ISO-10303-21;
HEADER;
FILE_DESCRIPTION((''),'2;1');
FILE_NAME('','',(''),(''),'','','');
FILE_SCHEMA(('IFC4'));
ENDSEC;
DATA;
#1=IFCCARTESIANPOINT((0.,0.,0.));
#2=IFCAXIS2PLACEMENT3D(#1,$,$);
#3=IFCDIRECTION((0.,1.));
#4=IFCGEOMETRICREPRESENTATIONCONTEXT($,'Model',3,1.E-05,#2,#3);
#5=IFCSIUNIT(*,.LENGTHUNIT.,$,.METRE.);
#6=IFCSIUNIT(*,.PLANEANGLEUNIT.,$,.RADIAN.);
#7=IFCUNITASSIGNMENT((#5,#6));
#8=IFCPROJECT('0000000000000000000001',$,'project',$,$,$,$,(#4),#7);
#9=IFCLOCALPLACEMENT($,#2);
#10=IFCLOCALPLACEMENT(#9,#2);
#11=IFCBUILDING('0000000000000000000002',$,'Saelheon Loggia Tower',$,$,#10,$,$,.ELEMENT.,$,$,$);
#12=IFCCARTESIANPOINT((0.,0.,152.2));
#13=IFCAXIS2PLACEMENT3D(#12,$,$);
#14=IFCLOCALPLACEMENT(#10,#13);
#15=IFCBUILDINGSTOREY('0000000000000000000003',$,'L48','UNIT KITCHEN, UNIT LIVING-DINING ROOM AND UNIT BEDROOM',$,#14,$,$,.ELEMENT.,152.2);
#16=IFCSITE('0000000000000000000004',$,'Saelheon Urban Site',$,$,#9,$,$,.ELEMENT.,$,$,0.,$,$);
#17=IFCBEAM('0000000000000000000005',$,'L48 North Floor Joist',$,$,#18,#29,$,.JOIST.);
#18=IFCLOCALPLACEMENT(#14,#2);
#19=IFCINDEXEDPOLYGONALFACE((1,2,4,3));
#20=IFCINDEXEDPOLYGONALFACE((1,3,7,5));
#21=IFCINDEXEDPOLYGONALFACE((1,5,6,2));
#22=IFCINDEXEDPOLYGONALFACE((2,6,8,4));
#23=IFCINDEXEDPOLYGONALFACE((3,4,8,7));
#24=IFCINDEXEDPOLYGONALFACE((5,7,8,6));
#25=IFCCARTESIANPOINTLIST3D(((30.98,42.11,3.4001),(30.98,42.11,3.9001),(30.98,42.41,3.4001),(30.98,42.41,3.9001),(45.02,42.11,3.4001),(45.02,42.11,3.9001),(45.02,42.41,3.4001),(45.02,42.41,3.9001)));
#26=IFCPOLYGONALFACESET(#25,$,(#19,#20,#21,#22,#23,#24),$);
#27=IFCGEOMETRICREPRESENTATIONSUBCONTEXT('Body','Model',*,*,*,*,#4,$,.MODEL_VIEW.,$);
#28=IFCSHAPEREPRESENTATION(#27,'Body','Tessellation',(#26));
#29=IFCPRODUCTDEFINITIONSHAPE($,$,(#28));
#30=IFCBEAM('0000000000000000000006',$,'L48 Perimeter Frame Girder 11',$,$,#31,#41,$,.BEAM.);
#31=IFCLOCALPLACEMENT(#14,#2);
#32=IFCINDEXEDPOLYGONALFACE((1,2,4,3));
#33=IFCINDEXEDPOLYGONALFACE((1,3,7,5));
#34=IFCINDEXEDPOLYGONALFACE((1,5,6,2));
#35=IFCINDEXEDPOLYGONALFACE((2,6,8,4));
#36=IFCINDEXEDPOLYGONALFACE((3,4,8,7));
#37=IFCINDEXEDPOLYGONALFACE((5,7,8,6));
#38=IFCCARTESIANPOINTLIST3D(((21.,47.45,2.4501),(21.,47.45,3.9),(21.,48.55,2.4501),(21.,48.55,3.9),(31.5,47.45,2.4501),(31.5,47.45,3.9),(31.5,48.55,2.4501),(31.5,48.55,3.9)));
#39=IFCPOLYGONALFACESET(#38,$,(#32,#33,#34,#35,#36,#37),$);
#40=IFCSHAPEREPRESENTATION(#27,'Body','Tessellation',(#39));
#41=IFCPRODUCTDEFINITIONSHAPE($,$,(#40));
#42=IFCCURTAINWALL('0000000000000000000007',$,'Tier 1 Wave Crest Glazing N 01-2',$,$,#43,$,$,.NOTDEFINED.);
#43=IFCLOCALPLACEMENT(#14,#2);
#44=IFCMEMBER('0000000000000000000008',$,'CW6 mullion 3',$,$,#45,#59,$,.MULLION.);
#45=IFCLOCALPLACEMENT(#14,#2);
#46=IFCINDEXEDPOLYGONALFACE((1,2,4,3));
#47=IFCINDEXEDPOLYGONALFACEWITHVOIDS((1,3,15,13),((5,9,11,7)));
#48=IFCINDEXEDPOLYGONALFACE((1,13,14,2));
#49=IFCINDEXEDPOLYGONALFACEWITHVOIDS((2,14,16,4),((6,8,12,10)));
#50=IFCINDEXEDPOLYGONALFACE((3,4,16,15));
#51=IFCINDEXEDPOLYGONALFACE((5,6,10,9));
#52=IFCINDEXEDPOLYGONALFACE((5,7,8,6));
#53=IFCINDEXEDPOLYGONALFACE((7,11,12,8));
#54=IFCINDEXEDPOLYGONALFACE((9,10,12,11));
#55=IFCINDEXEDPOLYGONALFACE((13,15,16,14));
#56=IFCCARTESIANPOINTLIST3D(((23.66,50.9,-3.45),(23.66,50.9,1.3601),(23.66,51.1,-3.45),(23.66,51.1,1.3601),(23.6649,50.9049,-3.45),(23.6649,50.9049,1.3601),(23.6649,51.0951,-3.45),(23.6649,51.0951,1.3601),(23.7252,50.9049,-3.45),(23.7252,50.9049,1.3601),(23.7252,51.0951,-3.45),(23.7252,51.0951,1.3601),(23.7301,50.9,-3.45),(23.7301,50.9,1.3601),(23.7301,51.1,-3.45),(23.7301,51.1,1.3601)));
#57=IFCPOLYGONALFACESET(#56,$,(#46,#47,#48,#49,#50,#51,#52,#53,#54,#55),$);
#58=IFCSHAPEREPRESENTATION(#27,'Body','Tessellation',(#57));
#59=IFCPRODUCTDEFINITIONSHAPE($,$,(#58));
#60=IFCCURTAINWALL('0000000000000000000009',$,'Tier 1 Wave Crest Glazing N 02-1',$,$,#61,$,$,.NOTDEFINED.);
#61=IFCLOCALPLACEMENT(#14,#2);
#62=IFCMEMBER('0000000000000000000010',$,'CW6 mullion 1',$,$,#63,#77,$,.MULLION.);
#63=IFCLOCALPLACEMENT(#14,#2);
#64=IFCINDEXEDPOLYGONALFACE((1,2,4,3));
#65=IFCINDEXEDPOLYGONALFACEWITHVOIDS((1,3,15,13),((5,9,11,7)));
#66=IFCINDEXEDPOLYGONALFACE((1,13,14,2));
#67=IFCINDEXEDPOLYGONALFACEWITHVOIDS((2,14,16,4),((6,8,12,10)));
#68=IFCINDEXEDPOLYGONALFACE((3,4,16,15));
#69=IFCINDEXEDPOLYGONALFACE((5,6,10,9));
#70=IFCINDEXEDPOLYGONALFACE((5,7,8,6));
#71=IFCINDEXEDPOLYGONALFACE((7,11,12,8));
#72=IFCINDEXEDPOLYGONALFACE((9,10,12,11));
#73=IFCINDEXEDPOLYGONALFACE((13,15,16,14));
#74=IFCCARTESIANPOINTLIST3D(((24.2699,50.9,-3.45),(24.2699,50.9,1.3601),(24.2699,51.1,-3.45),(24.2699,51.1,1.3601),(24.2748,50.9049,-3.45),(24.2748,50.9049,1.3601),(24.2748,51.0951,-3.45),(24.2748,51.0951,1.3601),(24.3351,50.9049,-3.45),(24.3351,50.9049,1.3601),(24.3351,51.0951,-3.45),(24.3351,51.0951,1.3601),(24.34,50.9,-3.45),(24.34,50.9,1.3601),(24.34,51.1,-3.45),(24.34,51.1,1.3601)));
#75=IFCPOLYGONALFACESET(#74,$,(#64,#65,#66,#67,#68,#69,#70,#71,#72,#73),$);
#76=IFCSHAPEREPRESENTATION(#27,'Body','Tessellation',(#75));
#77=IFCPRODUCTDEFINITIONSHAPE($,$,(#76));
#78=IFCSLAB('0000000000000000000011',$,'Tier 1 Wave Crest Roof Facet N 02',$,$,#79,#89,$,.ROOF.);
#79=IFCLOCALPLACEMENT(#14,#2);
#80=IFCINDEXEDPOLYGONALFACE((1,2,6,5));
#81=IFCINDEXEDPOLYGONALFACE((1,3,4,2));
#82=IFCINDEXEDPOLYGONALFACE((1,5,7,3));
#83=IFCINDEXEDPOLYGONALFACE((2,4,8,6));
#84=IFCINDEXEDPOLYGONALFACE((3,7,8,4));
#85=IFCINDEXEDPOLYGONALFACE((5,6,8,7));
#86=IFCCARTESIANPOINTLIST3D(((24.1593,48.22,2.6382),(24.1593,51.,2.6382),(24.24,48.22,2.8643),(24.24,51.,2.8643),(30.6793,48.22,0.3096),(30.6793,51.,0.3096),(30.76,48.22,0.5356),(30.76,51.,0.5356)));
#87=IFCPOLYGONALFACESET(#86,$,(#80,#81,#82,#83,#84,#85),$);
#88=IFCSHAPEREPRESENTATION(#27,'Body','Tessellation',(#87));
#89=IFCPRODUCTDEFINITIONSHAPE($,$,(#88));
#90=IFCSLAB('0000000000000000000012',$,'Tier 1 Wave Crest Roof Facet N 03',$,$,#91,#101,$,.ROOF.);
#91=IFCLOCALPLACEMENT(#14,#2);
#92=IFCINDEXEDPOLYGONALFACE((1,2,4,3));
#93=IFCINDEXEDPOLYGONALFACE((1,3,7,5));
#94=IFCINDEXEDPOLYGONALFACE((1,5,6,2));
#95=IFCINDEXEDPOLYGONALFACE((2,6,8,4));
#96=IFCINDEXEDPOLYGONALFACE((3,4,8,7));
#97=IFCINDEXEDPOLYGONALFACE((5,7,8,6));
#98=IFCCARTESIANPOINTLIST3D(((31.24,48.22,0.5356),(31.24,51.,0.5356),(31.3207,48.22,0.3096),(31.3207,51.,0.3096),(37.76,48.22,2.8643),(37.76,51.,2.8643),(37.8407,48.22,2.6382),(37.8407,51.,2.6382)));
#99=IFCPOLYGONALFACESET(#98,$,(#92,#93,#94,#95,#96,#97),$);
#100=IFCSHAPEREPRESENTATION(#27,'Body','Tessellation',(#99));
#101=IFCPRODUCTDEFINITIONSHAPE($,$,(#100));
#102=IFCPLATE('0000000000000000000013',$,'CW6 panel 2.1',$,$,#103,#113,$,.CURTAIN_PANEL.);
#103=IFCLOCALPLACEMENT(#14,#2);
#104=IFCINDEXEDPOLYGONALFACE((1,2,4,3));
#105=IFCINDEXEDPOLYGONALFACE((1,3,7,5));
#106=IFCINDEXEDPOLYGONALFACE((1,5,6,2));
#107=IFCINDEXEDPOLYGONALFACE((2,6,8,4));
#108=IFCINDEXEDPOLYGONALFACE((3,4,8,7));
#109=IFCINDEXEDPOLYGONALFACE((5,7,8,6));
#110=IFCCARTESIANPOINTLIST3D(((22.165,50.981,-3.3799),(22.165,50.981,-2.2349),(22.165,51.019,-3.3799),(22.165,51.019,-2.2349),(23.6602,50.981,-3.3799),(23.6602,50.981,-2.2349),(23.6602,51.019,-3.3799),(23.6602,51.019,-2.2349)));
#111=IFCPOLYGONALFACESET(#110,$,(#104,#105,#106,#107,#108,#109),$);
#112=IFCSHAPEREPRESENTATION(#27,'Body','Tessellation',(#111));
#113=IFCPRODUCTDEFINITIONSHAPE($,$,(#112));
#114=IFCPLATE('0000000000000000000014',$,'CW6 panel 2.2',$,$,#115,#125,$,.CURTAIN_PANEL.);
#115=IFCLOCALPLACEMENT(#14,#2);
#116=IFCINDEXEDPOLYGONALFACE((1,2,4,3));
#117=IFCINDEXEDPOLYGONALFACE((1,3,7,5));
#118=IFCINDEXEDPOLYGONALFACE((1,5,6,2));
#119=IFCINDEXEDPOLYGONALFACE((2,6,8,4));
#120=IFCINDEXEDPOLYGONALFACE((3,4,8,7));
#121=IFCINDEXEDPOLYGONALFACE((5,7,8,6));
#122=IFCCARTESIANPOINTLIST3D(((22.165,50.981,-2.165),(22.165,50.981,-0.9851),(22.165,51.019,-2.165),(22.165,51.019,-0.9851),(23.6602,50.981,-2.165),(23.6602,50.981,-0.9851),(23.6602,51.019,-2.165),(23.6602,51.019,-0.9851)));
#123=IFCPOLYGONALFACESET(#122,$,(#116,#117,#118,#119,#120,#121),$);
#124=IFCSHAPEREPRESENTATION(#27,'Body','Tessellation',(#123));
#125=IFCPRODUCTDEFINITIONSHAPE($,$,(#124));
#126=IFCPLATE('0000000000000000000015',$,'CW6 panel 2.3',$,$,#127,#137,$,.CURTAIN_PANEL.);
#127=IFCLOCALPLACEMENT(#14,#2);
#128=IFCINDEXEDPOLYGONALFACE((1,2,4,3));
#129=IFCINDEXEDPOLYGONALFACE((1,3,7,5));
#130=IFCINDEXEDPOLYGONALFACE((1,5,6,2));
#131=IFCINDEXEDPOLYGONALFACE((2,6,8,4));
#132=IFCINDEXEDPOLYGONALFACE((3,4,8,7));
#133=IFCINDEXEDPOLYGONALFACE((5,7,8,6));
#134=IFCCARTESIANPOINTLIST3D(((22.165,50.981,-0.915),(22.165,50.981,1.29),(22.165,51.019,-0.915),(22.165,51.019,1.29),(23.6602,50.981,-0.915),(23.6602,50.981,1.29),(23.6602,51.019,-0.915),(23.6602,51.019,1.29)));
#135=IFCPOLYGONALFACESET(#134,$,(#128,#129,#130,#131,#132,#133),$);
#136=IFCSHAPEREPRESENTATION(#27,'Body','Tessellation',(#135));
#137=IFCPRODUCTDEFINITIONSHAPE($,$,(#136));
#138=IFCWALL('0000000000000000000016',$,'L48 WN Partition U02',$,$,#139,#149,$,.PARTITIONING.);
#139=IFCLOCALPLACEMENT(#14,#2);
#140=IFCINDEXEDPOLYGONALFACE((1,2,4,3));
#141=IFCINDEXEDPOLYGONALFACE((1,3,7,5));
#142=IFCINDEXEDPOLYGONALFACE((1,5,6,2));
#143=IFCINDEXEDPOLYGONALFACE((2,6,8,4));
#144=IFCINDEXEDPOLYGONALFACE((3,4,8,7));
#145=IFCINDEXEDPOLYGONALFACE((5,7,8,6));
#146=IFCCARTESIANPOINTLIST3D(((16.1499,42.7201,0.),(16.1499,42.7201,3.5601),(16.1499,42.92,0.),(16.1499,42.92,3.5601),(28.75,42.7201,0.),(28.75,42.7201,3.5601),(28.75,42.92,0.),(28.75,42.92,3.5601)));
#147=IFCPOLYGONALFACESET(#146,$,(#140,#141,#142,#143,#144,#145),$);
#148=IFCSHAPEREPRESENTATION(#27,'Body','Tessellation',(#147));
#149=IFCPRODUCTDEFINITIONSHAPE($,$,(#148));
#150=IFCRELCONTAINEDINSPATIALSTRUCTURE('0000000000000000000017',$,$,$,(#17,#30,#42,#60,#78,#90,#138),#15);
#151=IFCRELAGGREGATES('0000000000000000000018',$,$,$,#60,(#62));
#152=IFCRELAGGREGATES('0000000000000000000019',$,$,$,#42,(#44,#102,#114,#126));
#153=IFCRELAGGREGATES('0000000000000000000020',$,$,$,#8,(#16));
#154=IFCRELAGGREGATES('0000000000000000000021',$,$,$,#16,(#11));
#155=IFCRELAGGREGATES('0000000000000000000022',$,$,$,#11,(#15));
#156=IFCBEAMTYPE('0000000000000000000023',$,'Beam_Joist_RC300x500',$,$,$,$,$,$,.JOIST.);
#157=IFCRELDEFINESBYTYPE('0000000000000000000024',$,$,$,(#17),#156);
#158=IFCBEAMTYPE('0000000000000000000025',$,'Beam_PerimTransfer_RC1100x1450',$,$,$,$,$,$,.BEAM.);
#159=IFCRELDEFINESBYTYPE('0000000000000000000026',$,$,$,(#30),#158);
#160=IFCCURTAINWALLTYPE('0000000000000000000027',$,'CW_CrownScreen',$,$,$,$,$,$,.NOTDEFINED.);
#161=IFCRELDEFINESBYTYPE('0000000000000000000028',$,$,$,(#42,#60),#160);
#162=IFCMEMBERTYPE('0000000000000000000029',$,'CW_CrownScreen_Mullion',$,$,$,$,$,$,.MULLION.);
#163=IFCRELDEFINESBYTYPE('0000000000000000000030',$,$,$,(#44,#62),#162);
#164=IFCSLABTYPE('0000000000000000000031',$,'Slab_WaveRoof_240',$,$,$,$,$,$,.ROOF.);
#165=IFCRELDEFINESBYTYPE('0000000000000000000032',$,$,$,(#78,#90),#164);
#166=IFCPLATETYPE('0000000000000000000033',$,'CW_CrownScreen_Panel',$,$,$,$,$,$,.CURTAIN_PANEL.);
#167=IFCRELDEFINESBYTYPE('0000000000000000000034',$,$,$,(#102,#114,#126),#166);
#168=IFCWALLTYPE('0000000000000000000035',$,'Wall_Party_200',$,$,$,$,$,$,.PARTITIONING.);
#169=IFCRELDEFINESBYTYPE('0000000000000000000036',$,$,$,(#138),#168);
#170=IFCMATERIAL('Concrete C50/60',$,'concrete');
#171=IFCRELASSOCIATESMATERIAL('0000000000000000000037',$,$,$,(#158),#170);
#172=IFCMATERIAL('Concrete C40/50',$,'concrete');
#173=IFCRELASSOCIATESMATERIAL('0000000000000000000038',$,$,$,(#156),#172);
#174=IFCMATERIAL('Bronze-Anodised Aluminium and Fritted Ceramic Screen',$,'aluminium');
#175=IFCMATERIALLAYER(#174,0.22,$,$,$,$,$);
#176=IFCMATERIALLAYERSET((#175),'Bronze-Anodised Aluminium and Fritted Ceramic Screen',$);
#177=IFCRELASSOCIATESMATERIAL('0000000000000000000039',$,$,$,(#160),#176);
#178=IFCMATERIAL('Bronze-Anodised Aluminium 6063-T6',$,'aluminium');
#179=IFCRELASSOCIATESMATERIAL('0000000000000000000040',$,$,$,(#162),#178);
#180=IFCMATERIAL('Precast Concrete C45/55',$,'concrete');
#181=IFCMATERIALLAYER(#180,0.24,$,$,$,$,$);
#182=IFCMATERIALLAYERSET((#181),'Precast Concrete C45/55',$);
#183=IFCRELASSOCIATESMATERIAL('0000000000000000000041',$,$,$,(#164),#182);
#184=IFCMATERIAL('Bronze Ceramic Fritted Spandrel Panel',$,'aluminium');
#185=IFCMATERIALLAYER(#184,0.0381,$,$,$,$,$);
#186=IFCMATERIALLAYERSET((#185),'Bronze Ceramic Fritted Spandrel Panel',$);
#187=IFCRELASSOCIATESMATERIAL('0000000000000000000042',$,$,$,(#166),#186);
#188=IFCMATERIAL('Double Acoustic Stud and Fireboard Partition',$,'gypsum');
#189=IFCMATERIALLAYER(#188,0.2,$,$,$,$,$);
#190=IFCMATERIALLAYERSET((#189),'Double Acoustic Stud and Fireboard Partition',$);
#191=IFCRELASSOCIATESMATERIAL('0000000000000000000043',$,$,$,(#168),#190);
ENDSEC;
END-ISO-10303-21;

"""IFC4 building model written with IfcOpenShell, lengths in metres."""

from ifc_helpers import new_model, si_unit, direction, frame, frame_2d, origin, origin_2d, place, context, subcontext, project, spatial, polyline, rectangle, hollow_rectangle, outline, extrude, source, transform, mapped, material, layer, layer_set, material_profile, profile_set, type_object, element, aggregate, save


model = new_model("IFC4")

# Units and contexts
model_context = context("Model", 3, precision=1e-05, world=origin(), true_north=direction((0.0, 1.0)))
body_context = subcontext(model_context, "Body", "Model", "MODEL_VIEW")
ifc_project = project(units=[si_unit("LENGTHUNIT", "METRE"), si_unit("PLANEANGLEUNIT", "RADIAN")], contexts=[model_context])

# Site, building, storey
site_placement = place(None, origin())
site = spatial("IfcSite", under=ifc_project, at=site_placement, Name="Saelheon Urban Site", CompositionType="ELEMENT", RefElevation=0.0)
building_placement = place(site_placement, origin())
building = spatial("IfcBuilding", under=site, at=building_placement, Name="Saelheon Loggia Tower", CompositionType="ELEMENT")
storey_placement = place(building_placement, frame((0.0, 0.0, 152.2)))
storey = spatial("IfcBuildingStorey", under=building, at=storey_placement, Name="L48", Description="UNIT KITCHEN, UNIT LIVING-DINING ROOM AND UNIT BEDROOM", CompositionType="ELEMENT", Elevation=152.2)

# Shared definitions
ifc_material_1 = material(Name="Concrete C50/60", Category="concrete")

# Beams
ifc_material_profile_1 = material_profile(ifc_material_1, rectangle(XDim=1.1001, YDim=1.45, at=origin_2d()), Name="RC-1100x1450")
ifc_profile_set_1 = profile_set([ifc_material_profile_1], Name="Concrete C50/60")
beam_type_1 = type_object("IfcBeamType", Name="Beam_PerimTransfer_RC1100x1450", PredefinedType="BEAM", material=ifc_profile_set_1)
ifc_material_2 = material(Name="Concrete C40/50", Category="concrete")
ifc_material_profile_2 = material_profile(ifc_material_2, rectangle(XDim=0.3, YDim=0.5, at=origin_2d()), Name="RC-300x500")
ifc_profile_set_2 = profile_set([ifc_material_profile_2], Name="Concrete C40/50")
beam_type_2 = type_object("IfcBeamType", Name="Beam_Joist_RC300x500", PredefinedType="JOIST", material=ifc_profile_set_2)
shared_shape_1 = source(origin(), body_context, "Body", "SweptSolid", [
    extrude(rectangle(XDim=0.3, YDim=0.5, at=origin_2d()), origin(), (0.0, 0.0, 1.0), 14.04),
])
beam_1_placement = place(storey_placement, frame((30.98, 42.26, 3.6501), z_axis=(1.0, 0.0, 0.0), x_axis=(0.0, 1.0, 0.0)))
element("IfcBeam", 1, at=beam_1_placement, inside=storey, type_object=beam_type_2, Name="L48 North Floor Joist", PredefinedType="JOIST", context=body_context, shape_type="MappedRepresentation", body=[
    mapped(shared_shape_1, transform((0.0, 0.0, 0.0), scale=1.0)),
])
shared_shape_2 = source(origin(), body_context, "Body", "SweptSolid", [
    extrude(rectangle(XDim=1.1001, YDim=1.45, at=origin_2d()), origin(), (0.0, 0.0, 1.0), 10.5),
])
beam_2_placement = place(storey_placement, frame((31.5, 48.0, 3.175), z_axis=(-1.0, 0.0, 0.0), x_axis=(0.0, -1.0, 0.0)))
element("IfcBeam", 2, at=beam_2_placement, inside=storey, type_object=beam_type_1, Name="L48 Perimeter Frame Girder 11", PredefinedType="BEAM", context=body_context, shape_type="MappedRepresentation", body=[
    mapped(shared_shape_2, transform((0.0, 0.0, 0.0), scale=1.0)),
])

# Curtain walls, members
ifc_material_3 = material(Name="Bronze-Anodised Aluminium and Fritted Ceramic Screen", Category="aluminium")
ifc_layer_1 = layer(ifc_material_3, 0.22)
ifc_layer_set_1 = layer_set([ifc_layer_1], Name="Bronze-Anodised Aluminium and Fritted Ceramic Screen")
curtain_wall_type = type_object("IfcCurtainWallType", Name="CW_CrownScreen", PredefinedType="NOTDEFINED", material=ifc_layer_set_1)
curtain_wall_1_placement = place(storey_placement, origin())
curtain_wall_1 = element("IfcCurtainWall", 3, at=curtain_wall_1_placement, inside=storey, type_object=curtain_wall_type, Name="Tier 1 Wave Crest Glazing N 01-2", PredefinedType="NOTDEFINED")
ifc_material_4 = material(Name="Bronze-Anodised Aluminium 6063-T6", Category="aluminium")
ifc_material_profile_3 = material_profile(ifc_material_4, hollow_rectangle(XDim=0.0701, YDim=0.2, WallThickness=0.0049, at=origin_2d()), Name="RHS-200x70x5")
ifc_profile_set_3 = profile_set([ifc_material_profile_3], Name="Bronze-Anodised Aluminium 6063-T6")
member_type_1 = type_object("IfcMemberType", Name="CW_CrownScreen_Mullion", PredefinedType="MULLION", material=ifc_profile_set_3)
shared_shape_3 = source(origin(), body_context, "Body", "SweptSolid", [
    extrude(hollow_rectangle(XDim=0.0701, YDim=0.2, WallThickness=0.0049, at=origin_2d()), origin(), (0.0, 0.0, 1.0), 4.8101),
])
member_1_placement = place(storey_placement, frame((23.6951, 51.0, -3.45), z_axis=(0.0, 0.0, 1.0), x_axis=(1.0, 0.0, 0.0)))
member_1 = element("IfcMember", 4, at=member_1_placement, type_object=member_type_1, Name="CW6 mullion 3", PredefinedType="MULLION", context=body_context, shape_type="MappedRepresentation", body=[
    mapped(shared_shape_3, transform((0.0, 0.0, 0.0), scale=1.0)),
])
curtain_wall_2_placement = place(storey_placement, origin())
curtain_wall_2 = element("IfcCurtainWall", 5, at=curtain_wall_2_placement, inside=storey, type_object=curtain_wall_type, Name="Tier 1 Wave Crest Glazing N 02-1", PredefinedType="NOTDEFINED")
member_2_placement = place(storey_placement, frame((24.3049, 51.0, -3.45), z_axis=(0.0, 0.0, 1.0), x_axis=(1.0, 0.0, 0.0)))
member_2 = element("IfcMember", 6, at=member_2_placement, type_object=member_type_1, Name="CW6 mullion 1", PredefinedType="MULLION", context=body_context, shape_type="MappedRepresentation", body=[
    mapped(shared_shape_3, transform((0.0, 0.0, 0.0), scale=1.0)),
])
aggregate(curtain_wall_2, [member_2])

# Slabs
ifc_material_5 = material(Name="Precast Concrete C45/55", Category="concrete")
ifc_layer_2 = layer(ifc_material_5, 0.24)
ifc_layer_set_2 = layer_set([ifc_layer_2], Name="Precast Concrete C45/55")
slab_type = type_object("IfcSlabType", Name="Slab_WaveRoof_240", PredefinedType="ROOF", material=ifc_layer_set_2)
for number, where, z_axis, x_axis, name in (
    (7, (24.24, 48.22, 2.8643), (0.336341, 0.0, 0.94174), (0.0, 1.0, 0.0), "Tier 1 Wave Crest Roof Facet N 02"),
    (8, (31.24, 48.22, 0.5356), (-0.336341, 0.0, 0.94174), (0.0, 1.0, 0.0), "Tier 1 Wave Crest Roof Facet N 03"),
):
    element("IfcSlab", number, at=place(storey_placement, frame(where, z_axis=z_axis, x_axis=x_axis)), inside=storey, type_object=slab_type, Name=name, PredefinedType="ROOF", context=body_context, shape_type="SweptSolid", body=[
        extrude(outline(polyline([(0.0, 0.0), (2.78, 0.0), (2.78, -6.9234), (0.0, -6.9234), (0.0, 0.0)])), origin(), (0.0, 0.0, -1.0), 0.24),
    ])

# Plates
ifc_material_6 = material(Name="Bronze Ceramic Fritted Spandrel Panel", Category="aluminium")
ifc_layer_3 = layer(ifc_material_6, 0.0381)
ifc_layer_set_3 = layer_set([ifc_layer_3], Name="Bronze Ceramic Fritted Spandrel Panel")
plate_type = type_object("IfcPlateType", Name="CW_CrownScreen_Panel", PredefinedType="CURTAIN_PANEL", material=ifc_layer_set_3)
shared_shape_4 = source(origin(), body_context, "Body", "SweptSolid", [
    extrude(rectangle(XDim=1.4951, YDim=0.0381, at=origin_2d()), origin(), (0.0, 0.0, 1.0), 1.145),
])
plate_1_placement = place(storey_placement, frame((22.9126, 51.0, -3.3799), z_axis=(0.0, 0.0, 1.0), x_axis=(1.0, 0.0, 0.0)))
plate_1 = element("IfcPlate", 9, at=plate_1_placement, type_object=plate_type, Name="CW6 panel 2.1", PredefinedType="CURTAIN_PANEL", context=body_context, shape_type="MappedRepresentation", body=[
    mapped(shared_shape_4, transform((0.0, 0.0, 0.0), scale=1.0)),
])
shared_shape_5 = source(origin(), body_context, "Body", "SweptSolid", [
    extrude(rectangle(XDim=1.4951, YDim=0.0381, at=origin_2d()), origin(), (0.0, 0.0, 1.0), 1.1799),
])
plate_2_placement = place(storey_placement, frame((22.9126, 51.0, -2.165), z_axis=(0.0, 0.0, 1.0), x_axis=(1.0, 0.0, 0.0)))
plate_2 = element("IfcPlate", 10, at=plate_2_placement, type_object=plate_type, Name="CW6 panel 2.2", PredefinedType="CURTAIN_PANEL", context=body_context, shape_type="MappedRepresentation", body=[
    mapped(shared_shape_5, transform((0.0, 0.0, 0.0), scale=1.0)),
])
shared_shape_6 = source(origin(), body_context, "Body", "SweptSolid", [
    extrude(rectangle(XDim=1.4951, YDim=0.0381, at=origin_2d()), origin(), (0.0, 0.0, 1.0), 2.2051),
])
plate_3_placement = place(storey_placement, frame((22.9126, 51.0, -0.915), z_axis=(0.0, 0.0, 1.0), x_axis=(1.0, 0.0, 0.0)))
plate_3 = element("IfcPlate", 11, at=plate_3_placement, type_object=plate_type, Name="CW6 panel 2.3", PredefinedType="CURTAIN_PANEL", context=body_context, shape_type="MappedRepresentation", body=[
    mapped(shared_shape_6, transform((0.0, 0.0, 0.0), scale=1.0)),
])
aggregate(curtain_wall_1, [member_1, plate_1, plate_2, plate_3])

# Wall
ifc_material_7 = material(Name="Double Acoustic Stud and Fireboard Partition", Category="gypsum")
ifc_layer_4 = layer(ifc_material_7, 0.2)
ifc_layer_set_4 = layer_set([ifc_layer_4], Name="Double Acoustic Stud and Fireboard Partition")
wall_type = type_object("IfcWallType", Name="Wall_Party_200", PredefinedType="PARTITIONING", material=ifc_layer_set_4)
wall_placement = place(storey_placement, frame((28.75, 42.8201, 0.0), z_axis=(0.0, 0.0, 1.0), x_axis=(-1.0, 0.0, 0.0)))
element("IfcWall", 12, at=wall_placement, inside=storey, type_object=wall_type, Name="L48 WN Partition U02", PredefinedType="PARTITIONING", context=body_context, shape_type="SweptSolid", body=[
    extrude(rectangle(XDim=12.6001, YDim=0.2, at=frame_2d((6.3, 0.0))), origin(), (0.0, 0.0, 1.0), 3.5601),
])

save(model, "model.ifc")
